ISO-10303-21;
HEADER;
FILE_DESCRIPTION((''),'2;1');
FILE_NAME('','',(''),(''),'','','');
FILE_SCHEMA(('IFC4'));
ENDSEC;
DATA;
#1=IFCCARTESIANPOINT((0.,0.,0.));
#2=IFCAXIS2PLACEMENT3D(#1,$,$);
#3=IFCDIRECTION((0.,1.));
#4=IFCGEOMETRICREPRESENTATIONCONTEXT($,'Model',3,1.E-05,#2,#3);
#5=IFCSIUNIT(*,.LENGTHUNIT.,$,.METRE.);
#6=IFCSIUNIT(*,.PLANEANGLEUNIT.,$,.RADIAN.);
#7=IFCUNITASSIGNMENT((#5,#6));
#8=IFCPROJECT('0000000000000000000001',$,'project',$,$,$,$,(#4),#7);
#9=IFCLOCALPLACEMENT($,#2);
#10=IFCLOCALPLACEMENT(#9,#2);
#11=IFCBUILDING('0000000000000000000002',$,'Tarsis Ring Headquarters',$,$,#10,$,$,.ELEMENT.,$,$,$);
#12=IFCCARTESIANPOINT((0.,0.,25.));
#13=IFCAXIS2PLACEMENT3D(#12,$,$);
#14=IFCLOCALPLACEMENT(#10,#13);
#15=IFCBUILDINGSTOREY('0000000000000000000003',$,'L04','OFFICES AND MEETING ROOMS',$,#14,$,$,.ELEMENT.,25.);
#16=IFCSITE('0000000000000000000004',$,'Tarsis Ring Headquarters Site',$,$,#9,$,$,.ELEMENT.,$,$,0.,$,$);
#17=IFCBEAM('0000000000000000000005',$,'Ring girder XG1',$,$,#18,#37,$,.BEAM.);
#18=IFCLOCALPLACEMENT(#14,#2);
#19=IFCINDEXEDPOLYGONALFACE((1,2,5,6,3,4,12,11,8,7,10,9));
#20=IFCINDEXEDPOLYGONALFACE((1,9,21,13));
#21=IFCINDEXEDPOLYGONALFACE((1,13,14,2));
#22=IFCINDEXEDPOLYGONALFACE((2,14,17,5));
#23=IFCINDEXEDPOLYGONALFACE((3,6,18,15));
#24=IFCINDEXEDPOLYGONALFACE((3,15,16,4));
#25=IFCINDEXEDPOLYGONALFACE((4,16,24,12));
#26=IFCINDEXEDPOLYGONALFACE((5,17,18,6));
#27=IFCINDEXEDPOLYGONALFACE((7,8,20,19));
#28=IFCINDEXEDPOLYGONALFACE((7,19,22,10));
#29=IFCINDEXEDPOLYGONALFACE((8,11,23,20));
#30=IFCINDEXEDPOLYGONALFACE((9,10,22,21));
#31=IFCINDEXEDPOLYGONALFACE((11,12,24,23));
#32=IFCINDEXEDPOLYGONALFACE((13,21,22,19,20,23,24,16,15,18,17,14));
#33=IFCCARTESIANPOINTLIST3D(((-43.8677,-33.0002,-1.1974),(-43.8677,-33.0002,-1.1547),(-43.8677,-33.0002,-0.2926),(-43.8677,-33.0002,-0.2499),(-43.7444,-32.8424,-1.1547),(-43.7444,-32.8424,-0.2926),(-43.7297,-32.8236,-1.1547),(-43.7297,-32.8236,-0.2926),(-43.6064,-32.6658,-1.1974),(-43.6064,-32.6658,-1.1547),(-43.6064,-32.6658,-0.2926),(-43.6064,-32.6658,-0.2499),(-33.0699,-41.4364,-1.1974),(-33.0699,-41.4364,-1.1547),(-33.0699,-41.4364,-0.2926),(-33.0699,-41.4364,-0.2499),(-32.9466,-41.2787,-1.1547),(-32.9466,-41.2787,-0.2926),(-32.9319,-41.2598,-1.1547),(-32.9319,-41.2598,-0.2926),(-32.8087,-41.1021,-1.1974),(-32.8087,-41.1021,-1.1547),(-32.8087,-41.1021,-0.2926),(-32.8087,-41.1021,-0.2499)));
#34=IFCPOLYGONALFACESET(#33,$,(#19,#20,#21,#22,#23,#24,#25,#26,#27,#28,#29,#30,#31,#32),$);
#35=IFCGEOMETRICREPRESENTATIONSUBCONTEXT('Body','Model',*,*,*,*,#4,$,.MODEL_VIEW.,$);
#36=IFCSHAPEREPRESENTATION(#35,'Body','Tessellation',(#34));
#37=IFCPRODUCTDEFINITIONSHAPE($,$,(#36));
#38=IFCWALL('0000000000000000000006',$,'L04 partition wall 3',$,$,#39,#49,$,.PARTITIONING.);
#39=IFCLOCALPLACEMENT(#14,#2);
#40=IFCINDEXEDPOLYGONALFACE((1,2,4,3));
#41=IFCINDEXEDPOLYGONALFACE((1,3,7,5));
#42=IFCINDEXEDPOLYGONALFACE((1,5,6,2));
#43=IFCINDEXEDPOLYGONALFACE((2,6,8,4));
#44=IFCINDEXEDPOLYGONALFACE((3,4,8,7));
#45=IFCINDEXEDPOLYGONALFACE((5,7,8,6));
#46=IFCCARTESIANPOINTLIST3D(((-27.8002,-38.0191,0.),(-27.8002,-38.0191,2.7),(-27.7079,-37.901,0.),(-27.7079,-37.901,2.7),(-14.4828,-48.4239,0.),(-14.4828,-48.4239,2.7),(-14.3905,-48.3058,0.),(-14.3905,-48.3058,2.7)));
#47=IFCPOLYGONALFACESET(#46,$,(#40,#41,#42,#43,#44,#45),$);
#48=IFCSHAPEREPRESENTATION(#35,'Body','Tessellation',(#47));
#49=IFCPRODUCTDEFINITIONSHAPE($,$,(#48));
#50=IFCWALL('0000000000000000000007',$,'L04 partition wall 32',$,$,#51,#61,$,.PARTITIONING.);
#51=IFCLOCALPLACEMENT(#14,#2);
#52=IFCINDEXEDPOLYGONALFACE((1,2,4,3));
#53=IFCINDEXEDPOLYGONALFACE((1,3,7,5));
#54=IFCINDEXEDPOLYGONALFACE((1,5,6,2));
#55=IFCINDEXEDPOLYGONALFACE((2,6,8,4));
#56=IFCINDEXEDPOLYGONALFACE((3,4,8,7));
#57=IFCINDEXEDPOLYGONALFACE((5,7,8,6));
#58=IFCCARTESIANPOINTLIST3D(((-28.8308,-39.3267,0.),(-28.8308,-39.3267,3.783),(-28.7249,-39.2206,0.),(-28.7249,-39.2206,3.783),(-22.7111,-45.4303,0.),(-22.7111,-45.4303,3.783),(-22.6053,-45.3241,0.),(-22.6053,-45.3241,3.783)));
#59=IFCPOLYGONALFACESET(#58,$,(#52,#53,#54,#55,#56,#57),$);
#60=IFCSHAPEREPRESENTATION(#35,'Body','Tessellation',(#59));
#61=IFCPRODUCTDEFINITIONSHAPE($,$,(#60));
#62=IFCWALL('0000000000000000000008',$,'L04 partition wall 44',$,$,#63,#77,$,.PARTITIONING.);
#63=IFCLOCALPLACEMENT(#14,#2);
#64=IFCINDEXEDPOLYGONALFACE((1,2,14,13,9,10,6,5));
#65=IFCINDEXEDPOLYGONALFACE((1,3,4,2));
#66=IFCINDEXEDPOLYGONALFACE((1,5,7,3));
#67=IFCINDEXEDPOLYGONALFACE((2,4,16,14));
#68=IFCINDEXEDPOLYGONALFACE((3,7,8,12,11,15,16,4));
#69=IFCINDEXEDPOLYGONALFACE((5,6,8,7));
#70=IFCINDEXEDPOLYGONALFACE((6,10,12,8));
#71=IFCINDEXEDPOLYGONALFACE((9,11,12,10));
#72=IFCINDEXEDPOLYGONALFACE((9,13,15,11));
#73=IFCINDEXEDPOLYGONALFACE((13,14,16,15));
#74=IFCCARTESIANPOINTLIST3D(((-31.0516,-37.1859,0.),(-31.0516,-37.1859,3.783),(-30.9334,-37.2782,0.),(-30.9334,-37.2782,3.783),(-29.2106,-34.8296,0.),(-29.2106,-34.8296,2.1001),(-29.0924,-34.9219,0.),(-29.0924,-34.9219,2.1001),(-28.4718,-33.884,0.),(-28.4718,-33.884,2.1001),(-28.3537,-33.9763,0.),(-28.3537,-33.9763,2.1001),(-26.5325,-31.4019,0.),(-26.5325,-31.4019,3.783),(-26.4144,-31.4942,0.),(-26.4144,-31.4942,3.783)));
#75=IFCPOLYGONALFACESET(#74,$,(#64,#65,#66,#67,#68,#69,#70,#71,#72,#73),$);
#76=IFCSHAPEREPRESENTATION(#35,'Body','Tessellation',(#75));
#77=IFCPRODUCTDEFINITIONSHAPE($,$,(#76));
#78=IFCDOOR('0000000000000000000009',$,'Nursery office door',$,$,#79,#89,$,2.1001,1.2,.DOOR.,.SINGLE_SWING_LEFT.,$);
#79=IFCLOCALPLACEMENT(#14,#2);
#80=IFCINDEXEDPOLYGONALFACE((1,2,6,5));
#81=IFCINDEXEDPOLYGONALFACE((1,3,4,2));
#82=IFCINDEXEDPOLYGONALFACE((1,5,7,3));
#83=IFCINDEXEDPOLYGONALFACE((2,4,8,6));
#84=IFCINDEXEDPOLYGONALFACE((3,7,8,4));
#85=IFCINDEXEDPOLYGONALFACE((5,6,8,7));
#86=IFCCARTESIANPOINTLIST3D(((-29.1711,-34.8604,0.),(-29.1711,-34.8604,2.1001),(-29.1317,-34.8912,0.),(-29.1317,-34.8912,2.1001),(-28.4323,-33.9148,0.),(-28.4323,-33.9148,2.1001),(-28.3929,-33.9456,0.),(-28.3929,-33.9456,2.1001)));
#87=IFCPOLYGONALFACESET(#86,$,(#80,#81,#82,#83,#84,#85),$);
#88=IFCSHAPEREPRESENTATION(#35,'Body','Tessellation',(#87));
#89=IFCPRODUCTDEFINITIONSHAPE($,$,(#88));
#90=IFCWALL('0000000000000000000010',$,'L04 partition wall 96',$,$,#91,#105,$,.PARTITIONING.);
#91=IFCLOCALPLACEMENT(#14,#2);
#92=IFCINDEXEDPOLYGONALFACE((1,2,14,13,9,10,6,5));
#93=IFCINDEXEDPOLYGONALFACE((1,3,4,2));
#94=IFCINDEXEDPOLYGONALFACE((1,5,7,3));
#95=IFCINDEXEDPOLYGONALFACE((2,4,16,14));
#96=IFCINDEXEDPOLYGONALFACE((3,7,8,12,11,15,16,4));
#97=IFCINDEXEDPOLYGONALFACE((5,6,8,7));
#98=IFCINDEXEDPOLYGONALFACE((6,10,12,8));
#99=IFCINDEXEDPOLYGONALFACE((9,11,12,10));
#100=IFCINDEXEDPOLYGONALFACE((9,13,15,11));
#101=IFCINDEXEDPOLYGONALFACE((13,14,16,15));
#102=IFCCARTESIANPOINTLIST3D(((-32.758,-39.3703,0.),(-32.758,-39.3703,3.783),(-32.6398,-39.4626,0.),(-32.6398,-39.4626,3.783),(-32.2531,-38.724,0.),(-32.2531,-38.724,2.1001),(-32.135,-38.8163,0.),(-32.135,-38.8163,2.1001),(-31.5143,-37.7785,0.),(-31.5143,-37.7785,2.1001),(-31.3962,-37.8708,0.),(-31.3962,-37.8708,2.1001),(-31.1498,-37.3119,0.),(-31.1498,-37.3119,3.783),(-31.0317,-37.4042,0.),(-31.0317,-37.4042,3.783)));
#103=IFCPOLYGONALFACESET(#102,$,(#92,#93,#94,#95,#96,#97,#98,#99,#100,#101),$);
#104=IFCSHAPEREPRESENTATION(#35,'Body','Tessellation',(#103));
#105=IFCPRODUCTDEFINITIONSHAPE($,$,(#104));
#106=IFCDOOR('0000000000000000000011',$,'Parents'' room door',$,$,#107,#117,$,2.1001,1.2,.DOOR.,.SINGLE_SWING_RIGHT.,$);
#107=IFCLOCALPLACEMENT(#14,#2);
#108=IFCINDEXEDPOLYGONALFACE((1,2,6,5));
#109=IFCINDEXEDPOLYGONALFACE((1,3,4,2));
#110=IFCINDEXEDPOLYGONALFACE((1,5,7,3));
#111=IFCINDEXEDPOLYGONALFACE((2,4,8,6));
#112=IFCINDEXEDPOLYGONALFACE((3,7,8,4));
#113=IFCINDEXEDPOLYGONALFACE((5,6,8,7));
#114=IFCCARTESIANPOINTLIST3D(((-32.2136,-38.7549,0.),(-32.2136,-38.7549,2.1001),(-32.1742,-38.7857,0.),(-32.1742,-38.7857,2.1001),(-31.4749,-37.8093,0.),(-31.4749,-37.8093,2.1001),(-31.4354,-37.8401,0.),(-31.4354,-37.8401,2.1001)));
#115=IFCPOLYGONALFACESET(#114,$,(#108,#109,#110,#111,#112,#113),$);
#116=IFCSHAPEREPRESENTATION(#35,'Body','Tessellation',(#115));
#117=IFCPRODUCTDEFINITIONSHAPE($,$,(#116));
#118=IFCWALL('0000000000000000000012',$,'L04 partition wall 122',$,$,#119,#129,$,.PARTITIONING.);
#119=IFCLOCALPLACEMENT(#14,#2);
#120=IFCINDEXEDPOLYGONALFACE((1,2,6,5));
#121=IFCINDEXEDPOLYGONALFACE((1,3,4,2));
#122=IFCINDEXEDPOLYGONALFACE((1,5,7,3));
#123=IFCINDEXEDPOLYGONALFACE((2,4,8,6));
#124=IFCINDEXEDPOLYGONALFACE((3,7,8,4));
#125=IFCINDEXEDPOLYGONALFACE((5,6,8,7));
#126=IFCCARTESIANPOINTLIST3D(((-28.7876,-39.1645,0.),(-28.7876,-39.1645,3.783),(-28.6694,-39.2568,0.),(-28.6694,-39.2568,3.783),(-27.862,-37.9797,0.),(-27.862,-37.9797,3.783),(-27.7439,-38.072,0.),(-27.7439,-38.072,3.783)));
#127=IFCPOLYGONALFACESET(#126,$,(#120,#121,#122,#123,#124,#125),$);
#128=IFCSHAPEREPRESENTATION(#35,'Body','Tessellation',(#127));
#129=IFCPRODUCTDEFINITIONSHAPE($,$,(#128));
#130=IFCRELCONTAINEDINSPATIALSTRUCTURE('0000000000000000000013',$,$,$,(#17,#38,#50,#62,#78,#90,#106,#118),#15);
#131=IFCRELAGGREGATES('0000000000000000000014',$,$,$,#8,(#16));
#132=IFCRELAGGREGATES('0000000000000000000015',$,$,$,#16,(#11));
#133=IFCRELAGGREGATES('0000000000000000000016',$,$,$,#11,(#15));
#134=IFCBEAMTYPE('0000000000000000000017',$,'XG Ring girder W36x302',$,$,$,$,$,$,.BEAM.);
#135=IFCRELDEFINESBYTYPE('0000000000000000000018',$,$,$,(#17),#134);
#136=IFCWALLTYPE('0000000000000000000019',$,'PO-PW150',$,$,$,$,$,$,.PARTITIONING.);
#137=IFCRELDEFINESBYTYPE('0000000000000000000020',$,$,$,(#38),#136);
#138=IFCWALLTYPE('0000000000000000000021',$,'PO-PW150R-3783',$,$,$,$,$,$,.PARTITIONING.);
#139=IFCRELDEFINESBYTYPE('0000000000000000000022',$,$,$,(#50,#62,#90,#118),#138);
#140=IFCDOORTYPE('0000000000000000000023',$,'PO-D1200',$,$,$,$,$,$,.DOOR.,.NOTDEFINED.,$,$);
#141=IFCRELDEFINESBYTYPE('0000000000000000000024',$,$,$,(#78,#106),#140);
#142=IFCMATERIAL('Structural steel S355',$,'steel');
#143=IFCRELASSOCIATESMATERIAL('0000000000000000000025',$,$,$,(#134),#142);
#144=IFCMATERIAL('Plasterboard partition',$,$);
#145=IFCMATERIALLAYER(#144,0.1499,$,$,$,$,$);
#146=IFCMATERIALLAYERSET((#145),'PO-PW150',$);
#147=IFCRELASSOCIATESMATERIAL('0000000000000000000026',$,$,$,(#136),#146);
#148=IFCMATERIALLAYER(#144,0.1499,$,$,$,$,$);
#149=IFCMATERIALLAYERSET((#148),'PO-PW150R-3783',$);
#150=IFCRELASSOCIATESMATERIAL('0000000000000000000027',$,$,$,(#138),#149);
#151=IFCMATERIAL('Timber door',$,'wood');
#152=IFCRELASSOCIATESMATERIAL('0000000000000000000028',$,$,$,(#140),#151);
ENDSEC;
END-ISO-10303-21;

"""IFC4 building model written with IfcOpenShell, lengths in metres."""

from ifc_helpers import new_model, si_unit, direction, frame, frame_2d, origin, origin_2d, place, context, subcontext, project, spatial, rectangle, i_section, extrude, material, layer, layer_set, material_profile, profile_set, type_object, element, fill, save


model = new_model("IFC4")

# Units and contexts
model_context = context("Model", 3, precision=1e-05, world=origin(), true_north=direction((0.0, 1.0)))
body_context = subcontext(model_context, "Body", "Model", "MODEL_VIEW")
ifc_project = project(units=[si_unit("LENGTHUNIT", "METRE"), si_unit("PLANEANGLEUNIT", "RADIAN")], contexts=[model_context])

# Site, building, storey
site_placement = place(None, origin())
site = spatial("IfcSite", under=ifc_project, at=site_placement, Name="Tarsis Ring Headquarters Site", CompositionType="ELEMENT", RefElevation=0.0)
building_placement = place(site_placement, origin())
building = spatial("IfcBuilding", under=site, at=building_placement, Name="Tarsis Ring Headquarters", CompositionType="ELEMENT")
storey_placement = place(building_placement, frame((0.0, 0.0, 25.0)))
storey = spatial("IfcBuildingStorey", under=building, at=storey_placement, Name="L04", Description="OFFICES AND MEETING ROOMS", CompositionType="ELEMENT", Elevation=25.0)

# Beam
ifc_material_1 = material(Name="Structural steel S355", Category="steel")
ifc_material_profile_1 = material_profile(ifc_material_1, i_section(OverallWidth=0.4243, OverallDepth=0.9475, WebThickness=0.0239, FlangeThickness=0.0427, at=origin_2d()), Name="W36x302")
ifc_profile_set_1 = profile_set([ifc_material_profile_1], Name="Structural steel S355")
beam_type_1 = type_object("IfcBeamType", Name="XG Ring girder W36x302", PredefinedType="BEAM", material=ifc_profile_set_1)
beam_1_placement = place(storey_placement, frame((-43.7371, -32.833, -0.7236), z_axis=(0.788008, -0.615665, 0.0), x_axis=(0.615665, 0.788008, 0.0)))
element("IfcBeam", 1, at=beam_1_placement, inside=storey, type_object=beam_type_1, Name="Ring girder XG1", PredefinedType="BEAM", context=body_context, shape_type="SweptSolid", body=[
    extrude(i_section(OverallWidth=0.4243, OverallDepth=0.9475, WebThickness=0.0239, FlangeThickness=0.0427, at=origin_2d()), origin(), (0.0, 0.0, 1.0), 13.7026),
])

# Walls
ifc_material_2 = material(Name="Plasterboard partition")
ifc_layer_1 = layer(ifc_material_2, 0.1499)
ifc_layer_set_1 = layer_set([ifc_layer_1], Name="PO-PW150")
wall_type_1 = type_object("IfcWallType", Name="PO-PW150", PredefinedType="PARTITIONING", material=ifc_layer_set_1)
wall_1_placement = place(storey_placement, frame((-27.7542, -37.96, 0.0), z_axis=(0.0, 0.0, 1.0), x_axis=(0.788008, -0.615665, 0.0)))
element("IfcWall", 2, at=wall_1_placement, inside=storey, type_object=wall_type_1, Name="L04 partition wall 3", PredefinedType="PARTITIONING", context=body_context, shape_type="SweptSolid", body=[
    extrude(rectangle(XDim=16.9001, YDim=0.1499, at=frame_2d((8.4502, 0.0))), origin(), (0.0, 0.0, 1.0), 2.7),
])
ifc_layer_2 = layer(ifc_material_2, 0.1499)
ifc_layer_set_2 = layer_set([ifc_layer_2], Name="PO-PW150R-3783")
wall_type_2 = type_object("IfcWallType", Name="PO-PW150R-3783", PredefinedType="PARTITIONING", material=ifc_layer_set_2)
wall_2_placement = place(storey_placement, frame((-28.7778, -39.2737, 0.0), z_axis=(0.0, 0.0, 1.0), x_axis=(0.708038, -0.706174, 0.0)))
element("IfcWall", 3, at=wall_2_placement, inside=storey, type_object=wall_type_2, Name="L04 partition wall 32", PredefinedType="PARTITIONING", context=body_context, shape_type="SweptSolid", body=[
    extrude(rectangle(XDim=8.6431, YDim=0.1499, at=frame_2d((4.3215, 0.0))), origin(), (0.0, 0.0, 1.0), 3.783),
])

# Walls, openings, doors
wall_3_placement = place(storey_placement, frame((-30.9924, -37.2319, 0.0), z_axis=(0.0, 0.0, 1.0), x_axis=(0.615673, 0.788002, 0.0)))
wall_3 = element("IfcWall", 4, at=wall_3_placement, inside=storey, type_object=wall_type_2, Name="L04 partition wall 44", PredefinedType="PARTITIONING", context=body_context, shape_type="SweptSolid", body=[
    extrude(rectangle(XDim=7.3401, YDim=0.1499, at=frame_2d((3.6699, 0.0))), origin(), (0.0, 0.0, 1.0), 3.783),
])
opening_1_placement = place(wall_3_placement, frame((2.99, 0.0, 0.0)))
opening_1 = element("IfcOpeningElement", 5, at=opening_1_placement, cuts=wall_3, PredefinedType="OPENING", context=body_context, shape_type="SweptSolid", body=[
    extrude(rectangle(XDim=1.2, YDim=2.1001, at=frame_2d((0.6001, 1.05))), frame((0.0, 0.085, 0.0), z_axis=(0.0, -1.0, 0.0), x_axis=(1.0, 0.0, 0.0)), (0.0, 0.0, 1.0), 0.1699),
])
ifc_material_3 = material(Name="Timber door", Category="wood")
door_type = type_object("IfcDoorType", Name="PO-D1200", OperationType="NOTDEFINED", PredefinedType="DOOR", material=ifc_material_3)
door_1_placement = place(opening_1_placement, origin())
door_1 = element("IfcDoor", 6, at=door_1_placement, inside=storey, type_object=door_type, Name="Nursery office door", OperationType="SINGLE_SWING_LEFT", OverallHeight=2.1001, OverallWidth=1.2, PredefinedType="DOOR", context=body_context, shape_type="SweptSolid", body=[
    extrude(rectangle(XDim=1.2, YDim=2.1001, at=frame_2d((0.6001, 1.05))), frame((0.0, 0.0249, 0.0), z_axis=(0.0, -1.0, 0.0), x_axis=(1.0, 0.0, 0.0)), (0.0, 0.0, 1.0), 0.05),
])
fill(opening_1, door_1)
wall_4_placement = place(storey_placement, frame((-32.699, -39.4165, 0.0), z_axis=(0.0, 0.0, 1.0), x_axis=(0.61566, 0.788012, 0.0)))
wall_4 = element("IfcWall", 7, at=wall_4_placement, inside=storey, type_object=wall_type_2, Name="L04 partition wall 96", PredefinedType="PARTITIONING", context=body_context, shape_type="SweptSolid", body=[
    extrude(rectangle(XDim=2.6121, YDim=0.1499, at=frame_2d((1.3062, 0.0))), origin(), (0.0, 0.0, 1.0), 3.783),
])
opening_2_placement = place(wall_4_placement, frame((0.8201, 0.0, 0.0)))
opening_2 = element("IfcOpeningElement", 8, at=opening_2_placement, cuts=wall_4, PredefinedType="OPENING", context=body_context, shape_type="SweptSolid", body=[
    extrude(rectangle(XDim=1.2, YDim=2.1001, at=frame_2d((0.6001, 1.05))), frame((0.0, 0.085, 0.0), z_axis=(0.0, -1.0, 0.0), x_axis=(1.0, 0.0, 0.0)), (0.0, 0.0, 1.0), 0.1699),
])
door_2_placement = place(opening_2_placement, origin())
door_2 = element("IfcDoor", 9, at=door_2_placement, inside=storey, type_object=door_type, Name="Parents' room door", OperationType="SINGLE_SWING_RIGHT", OverallHeight=2.1001, OverallWidth=1.2, PredefinedType="DOOR", context=body_context, shape_type="SweptSolid", body=[
    extrude(rectangle(XDim=1.2, YDim=2.1001, at=frame_2d((0.6001, 1.05))), frame((0.0, 0.0249, 0.0), z_axis=(0.0, -1.0, 0.0), x_axis=(1.0, 0.0, 0.0)), (0.0, 0.0, 1.0), 0.05),
])
fill(opening_2, door_2)

# Wall
wall_5_placement = place(storey_placement, frame((-27.803, -38.0259, 0.0), z_axis=(0.0, 0.0, 1.0), x_axis=(-0.615603, -0.788056, 0.0)))
element("IfcWall", 10, at=wall_5_placement, inside=storey, type_object=wall_type_2, Name="L04 partition wall 122", PredefinedType="PARTITIONING", context=body_context, shape_type="SweptSolid", body=[
    extrude(rectangle(XDim=1.5034, YDim=0.1499, at=frame_2d((0.7517, 0.0))), origin(), (0.0, 0.0, 1.0), 3.783),
])

save(model, "model.ifc")
